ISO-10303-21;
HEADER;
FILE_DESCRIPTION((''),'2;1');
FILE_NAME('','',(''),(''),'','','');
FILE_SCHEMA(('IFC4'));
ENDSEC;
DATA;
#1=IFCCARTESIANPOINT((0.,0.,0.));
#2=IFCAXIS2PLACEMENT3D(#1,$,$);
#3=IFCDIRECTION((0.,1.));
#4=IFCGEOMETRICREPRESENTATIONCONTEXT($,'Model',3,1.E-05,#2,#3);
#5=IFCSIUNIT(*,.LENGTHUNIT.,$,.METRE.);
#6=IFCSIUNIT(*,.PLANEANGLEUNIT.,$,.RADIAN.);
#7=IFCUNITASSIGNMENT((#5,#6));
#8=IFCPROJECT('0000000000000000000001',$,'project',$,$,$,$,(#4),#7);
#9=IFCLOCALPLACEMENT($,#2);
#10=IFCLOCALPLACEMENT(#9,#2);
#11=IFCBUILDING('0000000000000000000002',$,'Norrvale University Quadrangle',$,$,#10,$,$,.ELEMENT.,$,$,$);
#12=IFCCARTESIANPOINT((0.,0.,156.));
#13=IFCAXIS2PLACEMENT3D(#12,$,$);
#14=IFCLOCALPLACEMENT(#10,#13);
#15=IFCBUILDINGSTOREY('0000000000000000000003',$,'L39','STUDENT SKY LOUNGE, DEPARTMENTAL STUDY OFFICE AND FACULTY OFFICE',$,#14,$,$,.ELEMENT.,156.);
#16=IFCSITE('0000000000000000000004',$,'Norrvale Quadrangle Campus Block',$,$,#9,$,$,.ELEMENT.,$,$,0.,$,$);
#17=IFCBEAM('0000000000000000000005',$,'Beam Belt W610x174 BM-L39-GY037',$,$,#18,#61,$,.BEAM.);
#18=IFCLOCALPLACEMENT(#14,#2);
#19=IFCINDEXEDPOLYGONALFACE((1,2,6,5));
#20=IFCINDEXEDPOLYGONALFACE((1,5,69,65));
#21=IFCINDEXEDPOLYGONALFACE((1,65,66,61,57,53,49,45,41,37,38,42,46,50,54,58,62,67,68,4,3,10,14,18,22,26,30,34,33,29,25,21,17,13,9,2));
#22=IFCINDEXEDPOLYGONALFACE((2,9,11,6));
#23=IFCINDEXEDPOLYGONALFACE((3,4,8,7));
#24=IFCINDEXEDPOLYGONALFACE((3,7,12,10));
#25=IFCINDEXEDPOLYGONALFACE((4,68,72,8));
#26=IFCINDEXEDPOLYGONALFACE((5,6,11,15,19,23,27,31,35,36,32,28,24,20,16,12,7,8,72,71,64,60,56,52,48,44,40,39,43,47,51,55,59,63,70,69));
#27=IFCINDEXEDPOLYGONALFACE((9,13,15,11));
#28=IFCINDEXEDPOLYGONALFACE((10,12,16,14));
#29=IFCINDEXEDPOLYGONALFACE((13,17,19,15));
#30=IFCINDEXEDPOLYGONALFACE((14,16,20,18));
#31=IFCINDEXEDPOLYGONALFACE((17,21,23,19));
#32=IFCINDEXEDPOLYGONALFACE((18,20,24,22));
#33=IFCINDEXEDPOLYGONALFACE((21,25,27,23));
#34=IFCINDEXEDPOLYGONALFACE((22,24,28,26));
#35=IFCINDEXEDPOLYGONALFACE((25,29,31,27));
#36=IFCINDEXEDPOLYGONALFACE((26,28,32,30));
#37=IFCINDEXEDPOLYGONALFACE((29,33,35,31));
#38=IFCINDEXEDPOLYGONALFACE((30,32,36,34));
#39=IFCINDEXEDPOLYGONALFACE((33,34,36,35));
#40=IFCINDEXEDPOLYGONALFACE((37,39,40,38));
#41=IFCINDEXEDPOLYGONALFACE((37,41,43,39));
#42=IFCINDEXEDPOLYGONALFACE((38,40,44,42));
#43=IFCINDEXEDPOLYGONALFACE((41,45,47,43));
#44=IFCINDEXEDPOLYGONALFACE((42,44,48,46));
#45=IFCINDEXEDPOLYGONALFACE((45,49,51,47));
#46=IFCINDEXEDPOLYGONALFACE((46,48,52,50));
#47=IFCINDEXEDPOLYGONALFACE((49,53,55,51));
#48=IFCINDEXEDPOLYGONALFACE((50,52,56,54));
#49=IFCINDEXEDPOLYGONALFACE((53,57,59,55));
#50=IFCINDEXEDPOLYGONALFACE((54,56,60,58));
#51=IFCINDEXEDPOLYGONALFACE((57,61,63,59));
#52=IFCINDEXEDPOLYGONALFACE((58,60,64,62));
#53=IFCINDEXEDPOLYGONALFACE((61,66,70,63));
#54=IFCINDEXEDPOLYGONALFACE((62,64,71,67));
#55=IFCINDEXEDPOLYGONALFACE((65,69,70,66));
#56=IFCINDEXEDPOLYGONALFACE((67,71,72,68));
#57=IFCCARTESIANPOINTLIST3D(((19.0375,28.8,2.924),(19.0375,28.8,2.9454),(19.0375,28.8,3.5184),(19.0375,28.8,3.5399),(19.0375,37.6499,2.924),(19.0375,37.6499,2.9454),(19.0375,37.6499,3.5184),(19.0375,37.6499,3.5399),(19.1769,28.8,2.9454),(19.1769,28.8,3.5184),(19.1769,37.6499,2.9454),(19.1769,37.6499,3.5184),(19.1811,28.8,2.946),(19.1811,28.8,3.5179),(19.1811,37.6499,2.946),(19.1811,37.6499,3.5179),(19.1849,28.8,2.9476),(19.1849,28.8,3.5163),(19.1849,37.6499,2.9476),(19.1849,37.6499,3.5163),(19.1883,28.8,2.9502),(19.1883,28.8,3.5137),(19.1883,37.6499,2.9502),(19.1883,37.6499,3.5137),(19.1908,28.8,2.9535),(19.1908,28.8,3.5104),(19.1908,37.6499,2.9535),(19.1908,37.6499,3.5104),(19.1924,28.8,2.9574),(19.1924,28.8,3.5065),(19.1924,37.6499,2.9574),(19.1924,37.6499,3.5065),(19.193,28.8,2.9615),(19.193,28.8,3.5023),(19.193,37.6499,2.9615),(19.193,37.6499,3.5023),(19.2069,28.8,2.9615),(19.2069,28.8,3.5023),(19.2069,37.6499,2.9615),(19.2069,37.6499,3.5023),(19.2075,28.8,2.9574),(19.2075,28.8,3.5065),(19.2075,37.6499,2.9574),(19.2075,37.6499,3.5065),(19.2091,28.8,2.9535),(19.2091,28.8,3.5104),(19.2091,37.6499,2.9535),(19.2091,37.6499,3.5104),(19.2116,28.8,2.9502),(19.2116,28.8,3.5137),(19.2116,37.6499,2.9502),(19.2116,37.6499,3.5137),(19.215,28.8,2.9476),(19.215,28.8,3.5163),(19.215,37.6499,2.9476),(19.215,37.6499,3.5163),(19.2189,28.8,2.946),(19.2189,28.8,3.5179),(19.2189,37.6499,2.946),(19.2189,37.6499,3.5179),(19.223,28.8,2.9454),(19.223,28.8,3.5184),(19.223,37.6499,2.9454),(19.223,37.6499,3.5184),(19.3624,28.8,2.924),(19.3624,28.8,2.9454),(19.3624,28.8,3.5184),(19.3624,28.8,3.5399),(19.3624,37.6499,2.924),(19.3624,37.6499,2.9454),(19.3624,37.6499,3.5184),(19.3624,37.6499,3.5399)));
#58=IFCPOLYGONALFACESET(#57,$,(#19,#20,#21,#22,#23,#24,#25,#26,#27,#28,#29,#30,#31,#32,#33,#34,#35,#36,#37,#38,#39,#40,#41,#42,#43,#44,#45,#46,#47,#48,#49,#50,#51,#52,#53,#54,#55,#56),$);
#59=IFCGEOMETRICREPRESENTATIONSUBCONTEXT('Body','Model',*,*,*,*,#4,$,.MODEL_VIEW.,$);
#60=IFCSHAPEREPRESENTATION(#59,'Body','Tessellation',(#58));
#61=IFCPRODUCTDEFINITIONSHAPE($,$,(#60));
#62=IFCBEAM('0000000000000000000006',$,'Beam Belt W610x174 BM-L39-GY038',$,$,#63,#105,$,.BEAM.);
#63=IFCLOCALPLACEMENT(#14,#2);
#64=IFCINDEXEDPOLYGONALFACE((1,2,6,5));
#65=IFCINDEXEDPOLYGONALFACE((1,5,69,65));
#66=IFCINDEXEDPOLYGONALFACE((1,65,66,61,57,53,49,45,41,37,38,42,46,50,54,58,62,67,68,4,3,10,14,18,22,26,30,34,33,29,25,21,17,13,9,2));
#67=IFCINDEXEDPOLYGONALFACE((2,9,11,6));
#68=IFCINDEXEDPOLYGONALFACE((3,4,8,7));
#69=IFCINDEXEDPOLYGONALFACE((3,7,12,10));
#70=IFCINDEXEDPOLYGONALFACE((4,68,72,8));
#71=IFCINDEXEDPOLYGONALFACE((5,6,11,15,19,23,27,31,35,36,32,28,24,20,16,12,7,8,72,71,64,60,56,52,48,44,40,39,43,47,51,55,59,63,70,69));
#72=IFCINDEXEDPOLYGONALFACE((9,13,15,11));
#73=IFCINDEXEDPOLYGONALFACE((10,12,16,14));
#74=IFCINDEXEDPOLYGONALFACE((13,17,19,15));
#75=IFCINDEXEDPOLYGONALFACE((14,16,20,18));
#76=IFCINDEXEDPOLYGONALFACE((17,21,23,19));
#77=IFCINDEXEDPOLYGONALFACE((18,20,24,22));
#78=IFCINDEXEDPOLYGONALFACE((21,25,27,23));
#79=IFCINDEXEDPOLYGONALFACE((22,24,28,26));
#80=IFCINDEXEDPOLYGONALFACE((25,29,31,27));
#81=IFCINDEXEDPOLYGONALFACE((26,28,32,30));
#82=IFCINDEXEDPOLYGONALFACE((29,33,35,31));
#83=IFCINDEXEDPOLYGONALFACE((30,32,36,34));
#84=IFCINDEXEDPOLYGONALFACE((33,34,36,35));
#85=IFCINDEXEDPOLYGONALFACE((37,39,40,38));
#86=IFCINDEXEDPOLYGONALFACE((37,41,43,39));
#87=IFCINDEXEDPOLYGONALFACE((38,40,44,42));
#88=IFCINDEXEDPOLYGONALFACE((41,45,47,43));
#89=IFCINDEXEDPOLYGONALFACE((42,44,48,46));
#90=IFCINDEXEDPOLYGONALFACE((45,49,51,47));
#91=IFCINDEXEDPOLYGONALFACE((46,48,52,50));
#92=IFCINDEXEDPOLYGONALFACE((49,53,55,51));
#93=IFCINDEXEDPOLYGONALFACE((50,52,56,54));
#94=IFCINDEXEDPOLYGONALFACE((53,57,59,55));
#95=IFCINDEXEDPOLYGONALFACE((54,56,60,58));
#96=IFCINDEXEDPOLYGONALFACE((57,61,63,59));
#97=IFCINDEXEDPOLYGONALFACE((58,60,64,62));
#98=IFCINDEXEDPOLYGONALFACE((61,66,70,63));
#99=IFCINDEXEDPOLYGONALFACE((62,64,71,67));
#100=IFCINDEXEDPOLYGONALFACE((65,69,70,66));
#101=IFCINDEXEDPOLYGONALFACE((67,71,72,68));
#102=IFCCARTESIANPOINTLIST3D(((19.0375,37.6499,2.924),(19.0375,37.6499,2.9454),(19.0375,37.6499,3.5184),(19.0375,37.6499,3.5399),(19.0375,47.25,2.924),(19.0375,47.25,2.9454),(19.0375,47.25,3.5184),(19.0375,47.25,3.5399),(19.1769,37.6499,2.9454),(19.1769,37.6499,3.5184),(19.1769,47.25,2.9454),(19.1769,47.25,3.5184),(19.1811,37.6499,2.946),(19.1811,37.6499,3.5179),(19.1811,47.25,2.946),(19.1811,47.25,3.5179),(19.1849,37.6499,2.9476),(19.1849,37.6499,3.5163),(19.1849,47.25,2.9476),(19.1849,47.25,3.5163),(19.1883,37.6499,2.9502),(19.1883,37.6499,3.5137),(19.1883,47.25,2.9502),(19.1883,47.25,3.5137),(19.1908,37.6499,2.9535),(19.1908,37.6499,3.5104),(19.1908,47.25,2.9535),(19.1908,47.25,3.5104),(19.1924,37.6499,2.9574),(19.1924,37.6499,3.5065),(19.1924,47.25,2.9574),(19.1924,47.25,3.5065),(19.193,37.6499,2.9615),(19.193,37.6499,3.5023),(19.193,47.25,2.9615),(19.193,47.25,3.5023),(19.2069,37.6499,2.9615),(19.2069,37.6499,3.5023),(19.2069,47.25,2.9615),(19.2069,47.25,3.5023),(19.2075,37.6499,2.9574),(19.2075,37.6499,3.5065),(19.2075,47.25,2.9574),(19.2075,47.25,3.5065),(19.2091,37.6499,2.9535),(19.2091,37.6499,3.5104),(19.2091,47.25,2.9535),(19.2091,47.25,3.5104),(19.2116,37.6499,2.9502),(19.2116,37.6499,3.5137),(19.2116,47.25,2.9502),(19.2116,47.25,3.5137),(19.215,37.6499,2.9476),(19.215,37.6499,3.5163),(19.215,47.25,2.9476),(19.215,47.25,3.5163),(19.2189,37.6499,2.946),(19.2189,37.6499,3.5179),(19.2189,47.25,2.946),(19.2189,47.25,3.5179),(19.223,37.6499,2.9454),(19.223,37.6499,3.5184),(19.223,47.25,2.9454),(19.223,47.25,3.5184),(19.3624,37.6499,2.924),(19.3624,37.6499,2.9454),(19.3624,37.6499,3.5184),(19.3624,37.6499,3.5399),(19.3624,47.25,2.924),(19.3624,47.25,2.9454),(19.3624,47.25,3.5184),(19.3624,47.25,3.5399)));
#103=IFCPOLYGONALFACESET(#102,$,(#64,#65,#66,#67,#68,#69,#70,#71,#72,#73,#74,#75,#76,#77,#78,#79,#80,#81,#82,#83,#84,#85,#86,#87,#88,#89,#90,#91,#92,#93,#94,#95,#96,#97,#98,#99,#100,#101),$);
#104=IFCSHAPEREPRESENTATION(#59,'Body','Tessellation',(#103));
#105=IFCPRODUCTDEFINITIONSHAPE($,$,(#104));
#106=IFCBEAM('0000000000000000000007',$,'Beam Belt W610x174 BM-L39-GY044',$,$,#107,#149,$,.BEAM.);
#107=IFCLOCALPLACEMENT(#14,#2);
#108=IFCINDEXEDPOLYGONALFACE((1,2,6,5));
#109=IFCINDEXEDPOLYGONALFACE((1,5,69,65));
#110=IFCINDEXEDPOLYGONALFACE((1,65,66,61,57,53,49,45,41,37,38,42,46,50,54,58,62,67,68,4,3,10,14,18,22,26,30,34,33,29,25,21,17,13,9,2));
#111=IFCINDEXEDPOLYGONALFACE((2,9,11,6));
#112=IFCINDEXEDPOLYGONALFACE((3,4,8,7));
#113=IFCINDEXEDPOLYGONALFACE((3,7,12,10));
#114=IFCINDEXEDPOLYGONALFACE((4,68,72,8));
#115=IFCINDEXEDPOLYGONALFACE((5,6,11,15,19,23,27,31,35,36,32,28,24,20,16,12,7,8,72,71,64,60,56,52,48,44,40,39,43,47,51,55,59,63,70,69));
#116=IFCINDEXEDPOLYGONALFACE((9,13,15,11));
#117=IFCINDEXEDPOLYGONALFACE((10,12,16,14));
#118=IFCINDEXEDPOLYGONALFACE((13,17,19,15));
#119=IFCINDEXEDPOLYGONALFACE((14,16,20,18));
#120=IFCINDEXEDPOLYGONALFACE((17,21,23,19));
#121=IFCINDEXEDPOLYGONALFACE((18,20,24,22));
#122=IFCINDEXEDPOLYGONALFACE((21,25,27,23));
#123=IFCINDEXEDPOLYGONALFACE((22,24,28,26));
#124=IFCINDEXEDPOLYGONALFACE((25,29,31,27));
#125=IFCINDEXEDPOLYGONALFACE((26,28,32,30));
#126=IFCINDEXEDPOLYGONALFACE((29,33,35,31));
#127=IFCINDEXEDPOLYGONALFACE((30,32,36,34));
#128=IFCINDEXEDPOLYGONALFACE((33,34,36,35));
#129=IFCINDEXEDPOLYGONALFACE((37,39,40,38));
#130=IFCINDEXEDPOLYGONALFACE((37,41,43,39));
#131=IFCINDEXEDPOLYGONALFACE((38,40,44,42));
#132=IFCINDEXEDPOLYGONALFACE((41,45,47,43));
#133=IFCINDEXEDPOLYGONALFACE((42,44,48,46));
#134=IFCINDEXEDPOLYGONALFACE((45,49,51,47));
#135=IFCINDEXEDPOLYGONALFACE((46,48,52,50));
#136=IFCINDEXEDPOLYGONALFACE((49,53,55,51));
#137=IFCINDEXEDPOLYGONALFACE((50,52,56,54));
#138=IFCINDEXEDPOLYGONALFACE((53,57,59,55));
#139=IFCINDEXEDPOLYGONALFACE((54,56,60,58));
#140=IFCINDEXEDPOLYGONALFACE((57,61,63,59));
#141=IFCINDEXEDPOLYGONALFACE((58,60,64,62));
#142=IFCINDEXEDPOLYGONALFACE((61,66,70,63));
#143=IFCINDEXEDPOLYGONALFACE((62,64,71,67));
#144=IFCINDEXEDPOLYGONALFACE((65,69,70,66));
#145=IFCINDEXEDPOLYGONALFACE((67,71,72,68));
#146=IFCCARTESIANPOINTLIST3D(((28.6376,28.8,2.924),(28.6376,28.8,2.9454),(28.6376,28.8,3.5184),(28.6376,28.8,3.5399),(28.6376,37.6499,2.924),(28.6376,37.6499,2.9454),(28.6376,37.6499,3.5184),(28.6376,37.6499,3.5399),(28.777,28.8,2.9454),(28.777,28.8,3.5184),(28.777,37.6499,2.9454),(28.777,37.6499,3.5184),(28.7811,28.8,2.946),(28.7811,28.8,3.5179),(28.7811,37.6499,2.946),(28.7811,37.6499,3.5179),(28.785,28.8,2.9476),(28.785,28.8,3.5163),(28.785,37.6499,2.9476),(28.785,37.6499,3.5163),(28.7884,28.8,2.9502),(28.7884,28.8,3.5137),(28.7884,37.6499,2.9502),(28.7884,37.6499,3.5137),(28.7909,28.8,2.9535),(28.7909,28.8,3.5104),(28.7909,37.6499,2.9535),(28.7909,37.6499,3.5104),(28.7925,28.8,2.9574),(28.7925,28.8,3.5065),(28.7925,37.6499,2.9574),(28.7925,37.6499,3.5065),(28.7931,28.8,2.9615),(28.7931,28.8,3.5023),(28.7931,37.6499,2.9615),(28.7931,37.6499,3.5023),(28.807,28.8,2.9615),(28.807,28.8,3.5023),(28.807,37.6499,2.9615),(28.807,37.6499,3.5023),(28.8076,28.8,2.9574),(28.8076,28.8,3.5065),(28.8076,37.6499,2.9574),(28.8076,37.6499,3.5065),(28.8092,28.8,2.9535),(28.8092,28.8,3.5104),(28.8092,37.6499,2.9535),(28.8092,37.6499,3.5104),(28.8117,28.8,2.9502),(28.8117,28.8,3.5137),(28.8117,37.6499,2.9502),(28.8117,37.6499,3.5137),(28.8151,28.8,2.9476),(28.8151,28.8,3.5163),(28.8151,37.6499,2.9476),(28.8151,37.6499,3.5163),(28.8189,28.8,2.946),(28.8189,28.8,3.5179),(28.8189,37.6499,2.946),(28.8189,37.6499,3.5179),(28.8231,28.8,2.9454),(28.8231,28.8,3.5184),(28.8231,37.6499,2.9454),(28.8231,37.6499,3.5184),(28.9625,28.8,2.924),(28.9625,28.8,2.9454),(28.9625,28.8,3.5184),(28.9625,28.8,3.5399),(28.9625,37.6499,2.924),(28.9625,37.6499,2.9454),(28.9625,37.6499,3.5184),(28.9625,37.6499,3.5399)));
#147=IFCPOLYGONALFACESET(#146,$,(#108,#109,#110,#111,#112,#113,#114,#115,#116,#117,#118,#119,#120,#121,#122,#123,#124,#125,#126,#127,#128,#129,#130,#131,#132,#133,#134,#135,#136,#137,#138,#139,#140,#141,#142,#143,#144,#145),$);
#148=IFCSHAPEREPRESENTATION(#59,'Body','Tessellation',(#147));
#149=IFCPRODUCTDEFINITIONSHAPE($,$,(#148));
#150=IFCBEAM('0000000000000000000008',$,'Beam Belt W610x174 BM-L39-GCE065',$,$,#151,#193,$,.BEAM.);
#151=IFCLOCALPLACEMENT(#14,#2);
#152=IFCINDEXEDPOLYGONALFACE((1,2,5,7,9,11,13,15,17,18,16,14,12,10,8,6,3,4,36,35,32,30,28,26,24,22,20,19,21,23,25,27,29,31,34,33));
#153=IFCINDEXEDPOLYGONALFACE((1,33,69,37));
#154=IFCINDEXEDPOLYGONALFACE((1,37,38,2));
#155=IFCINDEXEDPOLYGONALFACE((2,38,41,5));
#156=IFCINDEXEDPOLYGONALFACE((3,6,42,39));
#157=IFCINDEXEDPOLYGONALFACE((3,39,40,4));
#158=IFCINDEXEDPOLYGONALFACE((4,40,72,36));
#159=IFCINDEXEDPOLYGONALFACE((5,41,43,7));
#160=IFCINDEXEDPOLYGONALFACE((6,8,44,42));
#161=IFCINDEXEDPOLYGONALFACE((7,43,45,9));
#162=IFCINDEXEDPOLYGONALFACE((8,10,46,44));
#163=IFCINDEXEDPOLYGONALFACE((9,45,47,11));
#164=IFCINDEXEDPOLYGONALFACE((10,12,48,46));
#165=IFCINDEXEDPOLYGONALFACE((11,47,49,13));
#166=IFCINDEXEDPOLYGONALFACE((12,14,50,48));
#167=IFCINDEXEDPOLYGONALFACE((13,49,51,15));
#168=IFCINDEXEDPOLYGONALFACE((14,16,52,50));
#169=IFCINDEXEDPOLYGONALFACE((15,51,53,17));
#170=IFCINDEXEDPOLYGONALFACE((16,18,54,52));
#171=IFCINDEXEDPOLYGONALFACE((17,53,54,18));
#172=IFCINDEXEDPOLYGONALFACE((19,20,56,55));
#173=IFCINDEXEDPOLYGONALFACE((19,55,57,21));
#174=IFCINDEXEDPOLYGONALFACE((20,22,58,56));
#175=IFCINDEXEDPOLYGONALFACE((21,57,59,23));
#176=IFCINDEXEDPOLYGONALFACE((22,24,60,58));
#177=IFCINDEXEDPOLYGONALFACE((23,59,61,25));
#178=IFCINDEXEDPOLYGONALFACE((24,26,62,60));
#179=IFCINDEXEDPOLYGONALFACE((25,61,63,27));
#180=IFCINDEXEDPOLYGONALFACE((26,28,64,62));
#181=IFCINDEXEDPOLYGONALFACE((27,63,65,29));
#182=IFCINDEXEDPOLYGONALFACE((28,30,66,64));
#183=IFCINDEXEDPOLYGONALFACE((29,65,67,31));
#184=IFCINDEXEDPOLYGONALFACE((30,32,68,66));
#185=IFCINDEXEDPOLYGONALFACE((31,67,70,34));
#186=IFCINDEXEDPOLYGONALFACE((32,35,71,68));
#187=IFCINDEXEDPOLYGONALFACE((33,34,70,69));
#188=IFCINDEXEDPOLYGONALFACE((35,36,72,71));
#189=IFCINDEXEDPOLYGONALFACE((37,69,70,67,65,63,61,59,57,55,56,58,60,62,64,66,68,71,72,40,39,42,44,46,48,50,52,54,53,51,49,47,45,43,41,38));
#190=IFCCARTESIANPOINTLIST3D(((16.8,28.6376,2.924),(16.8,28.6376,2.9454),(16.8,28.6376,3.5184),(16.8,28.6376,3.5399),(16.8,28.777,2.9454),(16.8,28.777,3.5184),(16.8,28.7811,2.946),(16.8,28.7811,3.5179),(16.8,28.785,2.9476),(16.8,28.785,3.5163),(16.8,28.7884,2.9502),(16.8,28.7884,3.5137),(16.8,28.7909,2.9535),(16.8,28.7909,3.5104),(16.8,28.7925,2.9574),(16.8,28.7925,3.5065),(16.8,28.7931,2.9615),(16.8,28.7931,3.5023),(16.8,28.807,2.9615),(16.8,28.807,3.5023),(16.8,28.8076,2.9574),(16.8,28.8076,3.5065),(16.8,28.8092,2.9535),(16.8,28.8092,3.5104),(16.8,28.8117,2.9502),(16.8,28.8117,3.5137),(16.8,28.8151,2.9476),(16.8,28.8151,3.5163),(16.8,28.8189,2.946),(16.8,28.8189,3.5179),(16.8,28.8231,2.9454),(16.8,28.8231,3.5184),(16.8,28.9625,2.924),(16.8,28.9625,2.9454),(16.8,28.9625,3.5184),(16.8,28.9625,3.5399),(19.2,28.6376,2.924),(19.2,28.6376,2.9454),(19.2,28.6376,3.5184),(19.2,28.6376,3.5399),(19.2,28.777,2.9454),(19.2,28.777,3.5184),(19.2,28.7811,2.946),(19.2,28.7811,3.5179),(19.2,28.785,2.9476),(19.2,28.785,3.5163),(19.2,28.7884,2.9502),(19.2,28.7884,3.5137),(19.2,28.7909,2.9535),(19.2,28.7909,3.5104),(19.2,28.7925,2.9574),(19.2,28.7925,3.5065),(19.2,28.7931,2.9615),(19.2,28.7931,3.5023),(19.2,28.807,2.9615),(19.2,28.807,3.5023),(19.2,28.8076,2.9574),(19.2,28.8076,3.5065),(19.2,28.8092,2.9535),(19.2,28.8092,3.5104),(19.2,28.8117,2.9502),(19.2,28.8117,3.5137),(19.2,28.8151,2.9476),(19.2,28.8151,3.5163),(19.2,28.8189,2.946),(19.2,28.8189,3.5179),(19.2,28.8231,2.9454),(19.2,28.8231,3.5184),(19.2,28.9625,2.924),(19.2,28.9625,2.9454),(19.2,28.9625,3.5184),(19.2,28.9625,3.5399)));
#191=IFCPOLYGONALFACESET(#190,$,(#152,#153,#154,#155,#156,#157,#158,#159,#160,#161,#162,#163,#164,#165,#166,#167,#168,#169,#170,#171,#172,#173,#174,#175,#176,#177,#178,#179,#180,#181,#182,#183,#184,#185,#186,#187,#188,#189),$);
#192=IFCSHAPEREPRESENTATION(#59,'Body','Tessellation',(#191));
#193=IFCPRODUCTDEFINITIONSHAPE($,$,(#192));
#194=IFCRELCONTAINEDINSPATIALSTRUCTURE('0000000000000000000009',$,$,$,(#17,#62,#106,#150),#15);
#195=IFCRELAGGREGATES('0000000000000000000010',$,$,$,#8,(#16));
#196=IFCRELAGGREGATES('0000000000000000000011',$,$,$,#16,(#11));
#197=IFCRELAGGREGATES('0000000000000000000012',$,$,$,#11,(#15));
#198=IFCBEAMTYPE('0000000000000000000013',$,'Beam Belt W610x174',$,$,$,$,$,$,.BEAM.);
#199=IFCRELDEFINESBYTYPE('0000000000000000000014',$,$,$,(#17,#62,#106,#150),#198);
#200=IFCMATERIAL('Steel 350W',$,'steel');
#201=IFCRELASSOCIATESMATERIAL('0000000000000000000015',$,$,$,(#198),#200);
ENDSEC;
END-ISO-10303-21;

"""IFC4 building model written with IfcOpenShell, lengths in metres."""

from ifc_helpers import new_model, si_unit, direction, frame, origin, origin_2d, place, context, subcontext, project, spatial, i_section, extrude, material, material_profile, profile_set, type_object, element, save


model = new_model("IFC4")

# Units and contexts
model_context = context("Model", 3, precision=1e-05, world=origin(), true_north=direction((0.0, 1.0)))
body_context = subcontext(model_context, "Body", "Model", "MODEL_VIEW")
ifc_project = project(units=[si_unit("LENGTHUNIT", "METRE"), si_unit("PLANEANGLEUNIT", "RADIAN")], contexts=[model_context])

# Site, building, storey
site_placement = place(None, origin())
site = spatial("IfcSite", under=ifc_project, at=site_placement, Name="Norrvale Quadrangle Campus Block", CompositionType="ELEMENT", RefElevation=0.0)
building_placement = place(site_placement, origin())
building = spatial("IfcBuilding", under=site, at=building_placement, Name="Norrvale University Quadrangle", CompositionType="ELEMENT")
storey_placement = place(building_placement, frame((0.0, 0.0, 156.0)))
storey = spatial("IfcBuildingStorey", under=building, at=storey_placement, Name="L39", Description="STUDENT SKY LOUNGE, DEPARTMENTAL STUDY OFFICE AND FACULTY OFFICE", CompositionType="ELEMENT", Elevation=156.0)

# Beams
ifc_material_1 = material(Name="Steel 350W", Category="steel")
ifc_material_profile_1 = material_profile(ifc_material_1, i_section(OverallWidth=0.325, OverallDepth=0.616, WebThickness=0.0139, FlangeThickness=0.0215, FilletRadius=0.0161, at=origin_2d()), Name="Steel 350W")
ifc_profile_set_1 = profile_set([ifc_material_profile_1], Name="Steel 350W")
beam_type_1 = type_object("IfcBeamType", Name="Beam Belt W610x174", PredefinedType="BEAM", material=ifc_profile_set_1)
beam_1_placement = place(storey_placement, frame((19.2, 28.8, 3.2319), z_axis=(0.0, 1.0, 0.0), x_axis=(-1.0, 0.0, 0.0)))
element("IfcBeam", 1, at=beam_1_placement, inside=storey, type_object=beam_type_1, Name="Beam Belt W610x174 BM-L39-GY037", PredefinedType="BEAM", context=body_context, shape_type="SweptSolid", body=[
    extrude(i_section(OverallWidth=0.325, OverallDepth=0.616, WebThickness=0.0139, FlangeThickness=0.0215, FilletRadius=0.0161, at=origin_2d()), origin(), (0.0, 0.0, 1.0), 8.8499),
])
beam_2_placement = place(storey_placement, frame((19.2, 37.6499, 3.2319), z_axis=(0.0, 1.0, 0.0), x_axis=(-1.0, 0.0, 0.0)))
element("IfcBeam", 2, at=beam_2_placement, inside=storey, type_object=beam_type_1, Name="Beam Belt W610x174 BM-L39-GY038", PredefinedType="BEAM", context=body_context, shape_type="SweptSolid", body=[
    extrude(i_section(OverallWidth=0.325, OverallDepth=0.616, WebThickness=0.0139, FlangeThickness=0.0215, FilletRadius=0.0161, at=origin_2d()), origin(), (0.0, 0.0, 1.0), 9.6001),
])
beam_3_placement = place(storey_placement, frame((28.8, 28.8, 3.2319), z_axis=(0.0, 1.0, 0.0), x_axis=(-1.0, 0.0, 0.0)))
element("IfcBeam", 3, at=beam_3_placement, inside=storey, type_object=beam_type_1, Name="Beam Belt W610x174 BM-L39-GY044", PredefinedType="BEAM", context=body_context, shape_type="SweptSolid", body=[
    extrude(i_section(OverallWidth=0.325, OverallDepth=0.616, WebThickness=0.0139, FlangeThickness=0.0215, FilletRadius=0.0161, at=origin_2d()), origin(), (0.0, 0.0, 1.0), 8.8499),
])
for number, where, z_axis, x_axis, name in (
    (4, (16.8, 28.8, 3.2319), (1.0, 0.0, 0.0), (0.0, 1.0, 0.0), "Beam Belt W610x174 BM-L39-GCE065"),
):
    element("IfcBeam", number, at=place(storey_placement, frame(where, z_axis=z_axis, x_axis=x_axis)), inside=storey, type_object=beam_type_1, Name=name, PredefinedType="BEAM", context=body_context, shape_type="SweptSolid", body=[
        extrude(i_section(OverallWidth=0.325, OverallDepth=0.616, WebThickness=0.0139, FlangeThickness=0.0215, FilletRadius=0.0161, at=origin_2d()), origin(), (0.0, 0.0, 1.0), 2.3999),
    ])

save(model, "model.ifc")
